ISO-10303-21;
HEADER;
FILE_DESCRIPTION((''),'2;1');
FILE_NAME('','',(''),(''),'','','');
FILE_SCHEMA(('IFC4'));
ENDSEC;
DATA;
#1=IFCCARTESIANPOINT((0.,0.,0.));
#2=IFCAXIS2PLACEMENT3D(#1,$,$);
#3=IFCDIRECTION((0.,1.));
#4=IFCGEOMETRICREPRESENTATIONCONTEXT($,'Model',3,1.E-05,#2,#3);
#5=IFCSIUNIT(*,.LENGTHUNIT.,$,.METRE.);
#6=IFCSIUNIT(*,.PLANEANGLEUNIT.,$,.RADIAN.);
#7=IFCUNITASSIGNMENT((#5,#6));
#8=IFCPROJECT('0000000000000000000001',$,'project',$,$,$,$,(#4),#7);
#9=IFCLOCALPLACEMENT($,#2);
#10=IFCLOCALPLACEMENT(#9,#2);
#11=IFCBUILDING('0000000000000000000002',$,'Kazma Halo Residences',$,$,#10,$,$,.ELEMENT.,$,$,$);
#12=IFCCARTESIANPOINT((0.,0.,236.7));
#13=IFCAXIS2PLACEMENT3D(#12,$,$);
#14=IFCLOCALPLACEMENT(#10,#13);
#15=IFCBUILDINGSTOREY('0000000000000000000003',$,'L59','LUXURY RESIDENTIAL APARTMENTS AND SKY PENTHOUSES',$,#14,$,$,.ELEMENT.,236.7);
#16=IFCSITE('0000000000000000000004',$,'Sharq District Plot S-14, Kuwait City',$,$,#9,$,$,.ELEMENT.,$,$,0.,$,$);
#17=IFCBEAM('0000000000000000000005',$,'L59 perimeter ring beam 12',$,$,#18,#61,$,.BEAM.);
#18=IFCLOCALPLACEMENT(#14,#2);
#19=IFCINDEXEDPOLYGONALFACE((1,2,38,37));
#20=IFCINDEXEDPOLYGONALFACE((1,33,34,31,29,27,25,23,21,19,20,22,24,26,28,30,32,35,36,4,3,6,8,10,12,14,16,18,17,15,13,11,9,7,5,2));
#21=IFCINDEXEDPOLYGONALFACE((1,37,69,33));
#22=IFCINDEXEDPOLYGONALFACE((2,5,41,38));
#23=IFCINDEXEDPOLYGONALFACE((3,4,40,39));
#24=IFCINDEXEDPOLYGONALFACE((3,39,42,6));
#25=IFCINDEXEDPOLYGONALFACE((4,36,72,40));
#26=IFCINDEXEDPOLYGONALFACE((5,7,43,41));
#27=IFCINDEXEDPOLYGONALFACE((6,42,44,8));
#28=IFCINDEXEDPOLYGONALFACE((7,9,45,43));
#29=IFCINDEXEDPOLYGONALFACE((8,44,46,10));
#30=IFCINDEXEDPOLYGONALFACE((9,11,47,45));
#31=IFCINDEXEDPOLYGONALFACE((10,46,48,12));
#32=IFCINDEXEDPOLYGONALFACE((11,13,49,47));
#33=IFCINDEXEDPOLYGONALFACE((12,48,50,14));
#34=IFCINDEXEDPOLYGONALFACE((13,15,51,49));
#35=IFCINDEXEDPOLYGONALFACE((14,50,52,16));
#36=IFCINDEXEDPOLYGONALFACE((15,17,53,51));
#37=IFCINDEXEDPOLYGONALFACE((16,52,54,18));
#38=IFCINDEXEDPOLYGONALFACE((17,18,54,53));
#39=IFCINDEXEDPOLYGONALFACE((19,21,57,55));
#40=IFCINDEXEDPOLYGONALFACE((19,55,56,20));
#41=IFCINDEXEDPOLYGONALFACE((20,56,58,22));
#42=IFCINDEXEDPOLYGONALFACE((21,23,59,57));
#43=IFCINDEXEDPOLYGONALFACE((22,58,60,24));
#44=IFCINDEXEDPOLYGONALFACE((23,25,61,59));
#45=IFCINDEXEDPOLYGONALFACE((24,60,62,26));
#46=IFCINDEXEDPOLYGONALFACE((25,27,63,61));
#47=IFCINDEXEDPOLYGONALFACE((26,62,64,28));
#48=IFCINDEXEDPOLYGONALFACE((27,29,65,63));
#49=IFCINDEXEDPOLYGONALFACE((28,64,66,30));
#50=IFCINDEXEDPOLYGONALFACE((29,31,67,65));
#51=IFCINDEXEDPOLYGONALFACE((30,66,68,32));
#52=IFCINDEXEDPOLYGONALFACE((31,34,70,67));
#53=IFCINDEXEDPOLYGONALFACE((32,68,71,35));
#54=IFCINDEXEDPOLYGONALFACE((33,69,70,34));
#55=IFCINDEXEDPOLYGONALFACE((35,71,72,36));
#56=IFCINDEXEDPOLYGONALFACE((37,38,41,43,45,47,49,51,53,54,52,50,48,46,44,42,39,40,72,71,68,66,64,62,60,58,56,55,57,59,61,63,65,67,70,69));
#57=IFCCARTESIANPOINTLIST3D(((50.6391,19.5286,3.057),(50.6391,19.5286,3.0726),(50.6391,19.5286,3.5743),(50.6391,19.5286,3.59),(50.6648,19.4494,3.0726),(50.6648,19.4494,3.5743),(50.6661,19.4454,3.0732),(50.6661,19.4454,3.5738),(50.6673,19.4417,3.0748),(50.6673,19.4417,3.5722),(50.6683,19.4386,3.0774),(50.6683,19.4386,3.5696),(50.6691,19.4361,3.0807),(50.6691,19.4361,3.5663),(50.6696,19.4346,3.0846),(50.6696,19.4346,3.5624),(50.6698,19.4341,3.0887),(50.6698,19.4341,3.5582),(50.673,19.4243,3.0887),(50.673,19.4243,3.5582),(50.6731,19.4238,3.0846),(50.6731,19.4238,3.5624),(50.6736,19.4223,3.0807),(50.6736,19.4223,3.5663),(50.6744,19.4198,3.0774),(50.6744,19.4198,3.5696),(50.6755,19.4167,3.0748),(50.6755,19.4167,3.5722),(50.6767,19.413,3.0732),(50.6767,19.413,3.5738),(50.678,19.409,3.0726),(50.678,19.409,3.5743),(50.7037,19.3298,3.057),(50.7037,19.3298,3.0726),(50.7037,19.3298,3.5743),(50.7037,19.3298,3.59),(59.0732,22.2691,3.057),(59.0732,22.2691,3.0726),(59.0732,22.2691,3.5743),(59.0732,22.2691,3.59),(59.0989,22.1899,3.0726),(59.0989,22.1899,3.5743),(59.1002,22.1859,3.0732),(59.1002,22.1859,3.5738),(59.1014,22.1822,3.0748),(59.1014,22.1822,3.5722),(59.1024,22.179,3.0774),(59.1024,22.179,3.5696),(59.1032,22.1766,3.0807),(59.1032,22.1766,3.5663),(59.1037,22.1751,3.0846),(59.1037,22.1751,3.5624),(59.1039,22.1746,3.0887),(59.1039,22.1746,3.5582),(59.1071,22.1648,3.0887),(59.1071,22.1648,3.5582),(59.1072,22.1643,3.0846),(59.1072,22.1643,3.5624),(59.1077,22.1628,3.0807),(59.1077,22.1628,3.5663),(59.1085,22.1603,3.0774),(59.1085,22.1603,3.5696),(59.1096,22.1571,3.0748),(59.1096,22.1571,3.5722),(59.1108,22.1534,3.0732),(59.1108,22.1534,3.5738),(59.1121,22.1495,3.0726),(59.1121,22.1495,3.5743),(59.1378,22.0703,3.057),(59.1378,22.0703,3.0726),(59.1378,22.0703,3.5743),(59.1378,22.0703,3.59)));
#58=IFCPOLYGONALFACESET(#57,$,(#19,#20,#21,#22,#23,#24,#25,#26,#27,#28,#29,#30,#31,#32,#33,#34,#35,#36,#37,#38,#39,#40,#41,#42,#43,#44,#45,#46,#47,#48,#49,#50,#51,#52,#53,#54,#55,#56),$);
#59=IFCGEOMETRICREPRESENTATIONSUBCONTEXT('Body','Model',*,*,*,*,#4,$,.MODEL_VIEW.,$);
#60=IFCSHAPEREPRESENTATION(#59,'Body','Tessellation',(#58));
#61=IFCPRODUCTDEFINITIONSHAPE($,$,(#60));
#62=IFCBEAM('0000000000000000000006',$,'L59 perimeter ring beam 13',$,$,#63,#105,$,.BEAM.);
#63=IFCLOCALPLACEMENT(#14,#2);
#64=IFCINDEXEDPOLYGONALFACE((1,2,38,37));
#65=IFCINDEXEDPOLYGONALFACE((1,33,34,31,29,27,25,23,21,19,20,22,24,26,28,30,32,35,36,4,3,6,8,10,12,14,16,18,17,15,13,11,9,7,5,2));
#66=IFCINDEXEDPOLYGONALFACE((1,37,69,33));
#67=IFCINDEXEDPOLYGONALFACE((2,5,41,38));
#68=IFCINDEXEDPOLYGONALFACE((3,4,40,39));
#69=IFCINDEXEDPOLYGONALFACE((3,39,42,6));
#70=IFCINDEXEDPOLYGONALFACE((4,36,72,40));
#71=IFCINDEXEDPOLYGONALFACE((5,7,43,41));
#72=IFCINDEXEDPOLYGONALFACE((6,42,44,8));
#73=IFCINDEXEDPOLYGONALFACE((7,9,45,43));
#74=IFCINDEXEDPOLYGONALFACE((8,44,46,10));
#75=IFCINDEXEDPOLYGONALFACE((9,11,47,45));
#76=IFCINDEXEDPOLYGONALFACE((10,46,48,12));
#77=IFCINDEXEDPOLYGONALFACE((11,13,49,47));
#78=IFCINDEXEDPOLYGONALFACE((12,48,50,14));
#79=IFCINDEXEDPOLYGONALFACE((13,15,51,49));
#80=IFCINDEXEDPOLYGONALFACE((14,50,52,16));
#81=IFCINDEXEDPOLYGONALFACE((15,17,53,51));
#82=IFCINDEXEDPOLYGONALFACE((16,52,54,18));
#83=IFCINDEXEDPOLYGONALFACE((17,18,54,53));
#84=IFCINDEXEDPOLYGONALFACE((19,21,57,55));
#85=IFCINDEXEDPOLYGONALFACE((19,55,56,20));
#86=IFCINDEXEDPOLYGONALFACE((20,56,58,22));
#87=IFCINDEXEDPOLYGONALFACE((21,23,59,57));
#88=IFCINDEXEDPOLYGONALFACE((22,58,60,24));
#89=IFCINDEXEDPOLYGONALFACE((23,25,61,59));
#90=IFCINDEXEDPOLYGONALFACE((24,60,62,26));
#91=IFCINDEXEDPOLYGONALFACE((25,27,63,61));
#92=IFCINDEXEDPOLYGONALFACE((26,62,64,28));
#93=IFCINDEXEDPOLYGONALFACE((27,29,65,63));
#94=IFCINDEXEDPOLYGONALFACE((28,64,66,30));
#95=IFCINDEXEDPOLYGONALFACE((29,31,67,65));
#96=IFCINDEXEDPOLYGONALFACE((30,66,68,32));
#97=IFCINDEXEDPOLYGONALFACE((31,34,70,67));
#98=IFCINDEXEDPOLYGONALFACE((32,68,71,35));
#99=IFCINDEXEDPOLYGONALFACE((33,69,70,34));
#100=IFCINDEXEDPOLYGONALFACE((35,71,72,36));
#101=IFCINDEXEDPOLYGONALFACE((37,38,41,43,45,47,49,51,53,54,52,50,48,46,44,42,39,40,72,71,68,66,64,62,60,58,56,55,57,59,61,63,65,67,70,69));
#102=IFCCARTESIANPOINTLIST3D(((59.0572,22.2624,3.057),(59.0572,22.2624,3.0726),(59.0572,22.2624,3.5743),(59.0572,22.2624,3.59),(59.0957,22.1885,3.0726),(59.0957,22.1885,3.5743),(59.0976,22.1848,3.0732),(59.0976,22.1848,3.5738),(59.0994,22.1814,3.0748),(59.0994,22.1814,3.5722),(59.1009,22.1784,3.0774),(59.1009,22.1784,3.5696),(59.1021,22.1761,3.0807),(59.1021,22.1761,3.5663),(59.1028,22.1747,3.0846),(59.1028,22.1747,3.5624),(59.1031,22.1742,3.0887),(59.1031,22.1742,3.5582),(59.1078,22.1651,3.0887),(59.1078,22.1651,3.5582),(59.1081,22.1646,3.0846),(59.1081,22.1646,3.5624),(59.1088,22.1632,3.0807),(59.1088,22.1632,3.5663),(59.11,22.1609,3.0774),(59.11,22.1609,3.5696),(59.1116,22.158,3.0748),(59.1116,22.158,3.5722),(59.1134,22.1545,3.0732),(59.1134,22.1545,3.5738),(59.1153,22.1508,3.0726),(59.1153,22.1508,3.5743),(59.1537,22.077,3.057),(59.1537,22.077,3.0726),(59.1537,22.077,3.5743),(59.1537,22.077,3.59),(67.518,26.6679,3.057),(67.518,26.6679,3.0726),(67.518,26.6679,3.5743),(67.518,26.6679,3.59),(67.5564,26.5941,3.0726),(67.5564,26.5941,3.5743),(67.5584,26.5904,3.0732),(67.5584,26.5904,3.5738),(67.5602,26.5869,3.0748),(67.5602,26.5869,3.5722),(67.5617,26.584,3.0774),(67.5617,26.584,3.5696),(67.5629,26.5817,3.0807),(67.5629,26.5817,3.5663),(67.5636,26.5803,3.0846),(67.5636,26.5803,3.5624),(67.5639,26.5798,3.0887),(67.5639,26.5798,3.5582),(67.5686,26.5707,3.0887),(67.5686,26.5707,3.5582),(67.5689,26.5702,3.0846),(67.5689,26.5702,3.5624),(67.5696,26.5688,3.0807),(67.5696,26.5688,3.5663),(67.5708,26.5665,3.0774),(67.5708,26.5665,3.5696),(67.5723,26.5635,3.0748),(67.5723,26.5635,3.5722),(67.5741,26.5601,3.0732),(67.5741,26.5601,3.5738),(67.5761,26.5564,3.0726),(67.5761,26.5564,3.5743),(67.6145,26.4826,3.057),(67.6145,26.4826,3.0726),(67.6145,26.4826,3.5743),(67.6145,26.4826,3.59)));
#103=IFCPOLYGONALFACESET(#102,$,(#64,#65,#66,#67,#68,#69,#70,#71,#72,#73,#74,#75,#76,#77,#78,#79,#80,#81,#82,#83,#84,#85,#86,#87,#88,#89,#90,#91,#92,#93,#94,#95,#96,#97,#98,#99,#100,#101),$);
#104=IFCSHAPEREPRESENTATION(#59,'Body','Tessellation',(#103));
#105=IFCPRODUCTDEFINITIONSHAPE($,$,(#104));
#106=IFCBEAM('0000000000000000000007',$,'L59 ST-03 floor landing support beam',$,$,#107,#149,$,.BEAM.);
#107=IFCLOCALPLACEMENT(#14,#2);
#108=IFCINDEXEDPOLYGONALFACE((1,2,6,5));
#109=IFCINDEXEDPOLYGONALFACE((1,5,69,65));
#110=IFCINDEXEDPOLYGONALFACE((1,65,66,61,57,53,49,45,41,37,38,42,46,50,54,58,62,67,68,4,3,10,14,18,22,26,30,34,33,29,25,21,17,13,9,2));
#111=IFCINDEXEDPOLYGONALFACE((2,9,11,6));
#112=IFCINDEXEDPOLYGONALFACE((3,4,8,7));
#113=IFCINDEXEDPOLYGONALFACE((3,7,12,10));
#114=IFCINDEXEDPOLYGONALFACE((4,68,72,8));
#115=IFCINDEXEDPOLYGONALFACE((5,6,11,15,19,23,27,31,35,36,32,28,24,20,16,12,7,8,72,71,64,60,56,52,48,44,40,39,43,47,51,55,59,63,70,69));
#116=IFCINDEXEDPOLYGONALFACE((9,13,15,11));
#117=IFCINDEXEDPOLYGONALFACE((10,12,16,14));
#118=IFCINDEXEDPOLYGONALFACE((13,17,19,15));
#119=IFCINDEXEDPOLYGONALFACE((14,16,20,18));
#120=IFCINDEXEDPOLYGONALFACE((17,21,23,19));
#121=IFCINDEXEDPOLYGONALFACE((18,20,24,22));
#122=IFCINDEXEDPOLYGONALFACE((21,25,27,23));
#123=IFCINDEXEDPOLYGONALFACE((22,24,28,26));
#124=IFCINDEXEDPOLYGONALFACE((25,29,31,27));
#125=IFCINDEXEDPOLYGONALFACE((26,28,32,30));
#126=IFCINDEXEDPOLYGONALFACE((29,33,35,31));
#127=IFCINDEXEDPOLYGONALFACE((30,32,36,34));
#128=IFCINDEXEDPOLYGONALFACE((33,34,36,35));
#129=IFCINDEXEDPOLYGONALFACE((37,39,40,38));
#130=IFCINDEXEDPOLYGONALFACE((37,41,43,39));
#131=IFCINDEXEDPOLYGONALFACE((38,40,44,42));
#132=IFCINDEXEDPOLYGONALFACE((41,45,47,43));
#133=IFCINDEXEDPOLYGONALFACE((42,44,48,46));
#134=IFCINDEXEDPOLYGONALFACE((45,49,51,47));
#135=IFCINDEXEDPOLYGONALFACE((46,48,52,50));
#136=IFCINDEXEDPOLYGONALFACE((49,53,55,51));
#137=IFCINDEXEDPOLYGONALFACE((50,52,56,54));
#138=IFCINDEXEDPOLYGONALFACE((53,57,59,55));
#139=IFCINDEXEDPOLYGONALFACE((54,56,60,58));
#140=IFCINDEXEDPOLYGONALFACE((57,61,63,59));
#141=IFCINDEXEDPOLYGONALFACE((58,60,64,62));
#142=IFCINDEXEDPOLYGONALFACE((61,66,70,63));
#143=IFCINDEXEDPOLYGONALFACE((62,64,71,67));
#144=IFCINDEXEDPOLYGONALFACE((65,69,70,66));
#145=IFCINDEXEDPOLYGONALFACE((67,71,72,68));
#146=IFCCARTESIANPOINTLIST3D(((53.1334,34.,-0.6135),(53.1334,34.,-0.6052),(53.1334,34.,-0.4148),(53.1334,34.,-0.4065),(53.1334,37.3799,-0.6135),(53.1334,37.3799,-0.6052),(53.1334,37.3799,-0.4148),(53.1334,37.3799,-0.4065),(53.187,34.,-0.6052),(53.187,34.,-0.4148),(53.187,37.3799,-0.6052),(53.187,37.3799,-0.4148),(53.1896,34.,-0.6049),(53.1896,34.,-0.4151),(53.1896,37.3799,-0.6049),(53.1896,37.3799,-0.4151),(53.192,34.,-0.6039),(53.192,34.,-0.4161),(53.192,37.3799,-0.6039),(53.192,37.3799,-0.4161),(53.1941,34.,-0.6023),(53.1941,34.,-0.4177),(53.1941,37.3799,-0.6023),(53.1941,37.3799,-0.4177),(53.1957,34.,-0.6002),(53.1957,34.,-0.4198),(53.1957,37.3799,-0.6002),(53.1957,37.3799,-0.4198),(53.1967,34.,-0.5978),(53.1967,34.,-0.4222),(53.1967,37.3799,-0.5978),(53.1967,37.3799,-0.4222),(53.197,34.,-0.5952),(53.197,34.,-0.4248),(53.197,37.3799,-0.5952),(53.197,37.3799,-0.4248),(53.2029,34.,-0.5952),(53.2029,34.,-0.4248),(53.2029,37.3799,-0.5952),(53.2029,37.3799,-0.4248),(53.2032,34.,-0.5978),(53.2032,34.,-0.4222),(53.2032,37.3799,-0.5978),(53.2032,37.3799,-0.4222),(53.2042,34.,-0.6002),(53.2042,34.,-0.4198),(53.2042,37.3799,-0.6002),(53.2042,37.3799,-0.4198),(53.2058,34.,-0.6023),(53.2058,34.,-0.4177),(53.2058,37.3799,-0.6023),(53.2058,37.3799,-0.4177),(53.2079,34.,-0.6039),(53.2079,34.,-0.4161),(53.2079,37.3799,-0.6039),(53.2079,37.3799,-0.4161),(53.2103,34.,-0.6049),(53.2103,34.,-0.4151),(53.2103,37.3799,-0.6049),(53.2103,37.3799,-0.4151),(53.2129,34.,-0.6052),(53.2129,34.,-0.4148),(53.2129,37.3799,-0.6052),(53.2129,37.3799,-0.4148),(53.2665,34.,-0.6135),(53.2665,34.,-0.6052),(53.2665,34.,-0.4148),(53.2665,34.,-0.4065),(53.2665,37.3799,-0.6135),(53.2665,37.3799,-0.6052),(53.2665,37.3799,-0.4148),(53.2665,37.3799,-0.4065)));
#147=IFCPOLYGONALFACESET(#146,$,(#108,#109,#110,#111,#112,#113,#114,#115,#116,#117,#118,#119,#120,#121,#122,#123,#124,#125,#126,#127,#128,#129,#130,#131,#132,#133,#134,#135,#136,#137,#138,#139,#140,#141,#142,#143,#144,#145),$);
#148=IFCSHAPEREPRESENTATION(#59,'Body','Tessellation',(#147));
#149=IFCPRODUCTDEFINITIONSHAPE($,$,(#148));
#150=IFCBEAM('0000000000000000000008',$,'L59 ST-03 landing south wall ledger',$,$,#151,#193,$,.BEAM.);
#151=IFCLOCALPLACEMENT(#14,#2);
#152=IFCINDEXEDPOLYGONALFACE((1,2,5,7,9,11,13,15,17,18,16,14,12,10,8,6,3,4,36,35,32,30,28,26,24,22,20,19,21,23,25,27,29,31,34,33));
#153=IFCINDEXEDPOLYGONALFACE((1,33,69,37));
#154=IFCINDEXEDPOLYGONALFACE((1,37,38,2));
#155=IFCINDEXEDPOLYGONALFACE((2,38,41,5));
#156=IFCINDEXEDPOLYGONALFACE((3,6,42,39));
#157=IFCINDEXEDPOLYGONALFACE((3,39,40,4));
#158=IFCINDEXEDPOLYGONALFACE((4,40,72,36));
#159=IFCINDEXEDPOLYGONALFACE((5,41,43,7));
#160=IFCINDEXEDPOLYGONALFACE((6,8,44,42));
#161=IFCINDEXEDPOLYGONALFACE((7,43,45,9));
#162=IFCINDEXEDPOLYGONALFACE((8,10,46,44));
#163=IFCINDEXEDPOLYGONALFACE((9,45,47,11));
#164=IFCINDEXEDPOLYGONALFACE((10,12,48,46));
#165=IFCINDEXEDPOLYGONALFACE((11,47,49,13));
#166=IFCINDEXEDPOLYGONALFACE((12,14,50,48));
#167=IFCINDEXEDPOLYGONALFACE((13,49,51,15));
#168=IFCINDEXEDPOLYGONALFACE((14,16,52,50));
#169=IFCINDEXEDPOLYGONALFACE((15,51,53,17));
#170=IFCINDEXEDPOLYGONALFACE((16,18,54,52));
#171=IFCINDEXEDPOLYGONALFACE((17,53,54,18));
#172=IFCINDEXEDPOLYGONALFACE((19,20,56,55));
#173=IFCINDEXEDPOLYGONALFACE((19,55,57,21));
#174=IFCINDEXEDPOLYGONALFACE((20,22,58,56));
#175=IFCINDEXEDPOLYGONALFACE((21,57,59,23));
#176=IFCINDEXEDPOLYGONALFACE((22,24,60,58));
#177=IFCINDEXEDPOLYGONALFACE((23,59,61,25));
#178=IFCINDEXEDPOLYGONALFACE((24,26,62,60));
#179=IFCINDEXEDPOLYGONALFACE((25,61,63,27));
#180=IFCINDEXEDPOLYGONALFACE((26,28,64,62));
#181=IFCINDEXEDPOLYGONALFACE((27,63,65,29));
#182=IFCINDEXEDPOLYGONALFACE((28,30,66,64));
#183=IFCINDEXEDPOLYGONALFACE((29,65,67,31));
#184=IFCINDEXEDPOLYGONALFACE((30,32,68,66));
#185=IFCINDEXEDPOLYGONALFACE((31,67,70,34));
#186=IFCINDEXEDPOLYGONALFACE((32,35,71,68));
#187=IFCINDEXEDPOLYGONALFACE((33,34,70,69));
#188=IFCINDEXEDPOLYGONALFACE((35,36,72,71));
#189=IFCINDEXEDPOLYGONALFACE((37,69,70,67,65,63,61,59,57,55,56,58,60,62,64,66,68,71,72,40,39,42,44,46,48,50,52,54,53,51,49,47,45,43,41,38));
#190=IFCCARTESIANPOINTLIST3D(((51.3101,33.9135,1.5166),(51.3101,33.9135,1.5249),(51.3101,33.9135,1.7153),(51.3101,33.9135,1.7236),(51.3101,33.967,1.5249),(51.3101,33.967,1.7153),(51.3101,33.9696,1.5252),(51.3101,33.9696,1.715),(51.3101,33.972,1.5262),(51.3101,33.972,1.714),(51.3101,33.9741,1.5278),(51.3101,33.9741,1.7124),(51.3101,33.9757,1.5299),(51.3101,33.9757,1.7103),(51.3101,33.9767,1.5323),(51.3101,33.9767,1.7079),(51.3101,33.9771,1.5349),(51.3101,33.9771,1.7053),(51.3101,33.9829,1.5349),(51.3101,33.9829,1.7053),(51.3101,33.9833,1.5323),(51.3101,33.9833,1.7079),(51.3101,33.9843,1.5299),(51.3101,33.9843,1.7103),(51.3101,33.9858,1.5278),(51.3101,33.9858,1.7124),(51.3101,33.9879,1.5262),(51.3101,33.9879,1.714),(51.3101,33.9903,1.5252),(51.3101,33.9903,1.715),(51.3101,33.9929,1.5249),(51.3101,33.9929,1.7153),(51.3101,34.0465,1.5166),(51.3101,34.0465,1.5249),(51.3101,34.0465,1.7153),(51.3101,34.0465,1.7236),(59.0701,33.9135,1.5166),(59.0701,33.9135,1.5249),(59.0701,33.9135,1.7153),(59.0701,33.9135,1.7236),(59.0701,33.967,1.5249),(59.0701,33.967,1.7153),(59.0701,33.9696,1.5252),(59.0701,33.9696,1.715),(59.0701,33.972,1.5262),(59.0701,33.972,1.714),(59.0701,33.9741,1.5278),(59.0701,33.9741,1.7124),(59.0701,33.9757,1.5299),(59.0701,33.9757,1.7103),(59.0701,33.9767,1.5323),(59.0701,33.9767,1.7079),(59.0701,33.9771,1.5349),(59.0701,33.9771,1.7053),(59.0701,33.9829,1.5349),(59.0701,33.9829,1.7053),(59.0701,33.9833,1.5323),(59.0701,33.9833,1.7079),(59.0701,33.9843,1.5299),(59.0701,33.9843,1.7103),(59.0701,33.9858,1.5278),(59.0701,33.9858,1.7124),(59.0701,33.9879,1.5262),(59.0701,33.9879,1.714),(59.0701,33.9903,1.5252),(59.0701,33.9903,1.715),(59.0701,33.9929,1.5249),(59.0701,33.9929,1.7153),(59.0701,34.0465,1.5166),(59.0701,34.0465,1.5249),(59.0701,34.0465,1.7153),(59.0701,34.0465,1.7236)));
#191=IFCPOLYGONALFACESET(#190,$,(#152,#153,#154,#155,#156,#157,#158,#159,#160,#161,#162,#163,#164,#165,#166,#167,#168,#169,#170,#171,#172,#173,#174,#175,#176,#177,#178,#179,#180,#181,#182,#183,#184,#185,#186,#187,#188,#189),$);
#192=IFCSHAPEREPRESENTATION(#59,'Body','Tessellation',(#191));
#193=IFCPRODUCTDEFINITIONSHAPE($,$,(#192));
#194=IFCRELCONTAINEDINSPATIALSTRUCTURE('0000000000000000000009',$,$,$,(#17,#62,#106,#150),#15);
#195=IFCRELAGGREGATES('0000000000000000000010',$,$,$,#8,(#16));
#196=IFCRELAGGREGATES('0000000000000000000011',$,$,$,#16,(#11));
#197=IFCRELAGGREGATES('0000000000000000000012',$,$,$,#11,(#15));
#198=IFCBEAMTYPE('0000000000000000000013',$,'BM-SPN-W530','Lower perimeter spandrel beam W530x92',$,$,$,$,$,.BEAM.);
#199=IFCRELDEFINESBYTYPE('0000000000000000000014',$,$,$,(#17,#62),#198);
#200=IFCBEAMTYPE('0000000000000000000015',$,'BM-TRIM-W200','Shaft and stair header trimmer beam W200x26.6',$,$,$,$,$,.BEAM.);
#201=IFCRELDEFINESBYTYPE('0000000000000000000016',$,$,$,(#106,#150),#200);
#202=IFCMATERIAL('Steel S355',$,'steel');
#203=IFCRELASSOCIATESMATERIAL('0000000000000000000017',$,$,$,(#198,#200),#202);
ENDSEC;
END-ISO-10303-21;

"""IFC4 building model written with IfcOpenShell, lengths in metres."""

from ifc_helpers import new_model, si_unit, direction, frame, origin, origin_2d, place, context, subcontext, project, spatial, i_section, extrude, material, material_profile, profile_set, type_object, element, save


model = new_model("IFC4")

# Units and contexts
model_context = context("Model", 3, precision=1e-05, world=origin(), true_north=direction((0.0, 1.0)))
body_context = subcontext(model_context, "Body", "Model", "MODEL_VIEW")
ifc_project = project(units=[si_unit("LENGTHUNIT", "METRE"), si_unit("PLANEANGLEUNIT", "RADIAN")], contexts=[model_context])

# Site, building, storey
site_placement = place(None, origin())
site = spatial("IfcSite", under=ifc_project, at=site_placement, Name="Sharq District Plot S-14, Kuwait City", CompositionType="ELEMENT", RefElevation=0.0)
building_placement = place(site_placement, origin())
building = spatial("IfcBuilding", under=site, at=building_placement, Name="Kazma Halo Residences", CompositionType="ELEMENT")
storey_placement = place(building_placement, frame((0.0, 0.0, 236.7)))
storey = spatial("IfcBuildingStorey", under=building, at=storey_placement, Name="L59", Description="LUXURY RESIDENTIAL APARTMENTS AND SKY PENTHOUSES", CompositionType="ELEMENT", Elevation=236.7)

# Beams
ifc_material_1 = material(Name="Steel S355", Category="steel")
ifc_material_profile_1 = material_profile(ifc_material_1, i_section(OverallWidth=0.209, OverallDepth=0.533, WebThickness=0.0103, FlangeThickness=0.0156, FilletRadius=0.0161, at=origin_2d()), Name="W530x92")
ifc_profile_set_1 = profile_set([ifc_material_profile_1], Name="Steel S355")
beam_type_1 = type_object("IfcBeamType", Name="BM-SPN-W530", Description="Lower perimeter spandrel beam W530x92", PredefinedType="BEAM", material=ifc_profile_set_1)
beam_1_placement = place(storey_placement, frame((50.6714, 19.4292, 3.3235), z_axis=(0.951054, 0.309025, 0.0), x_axis=(-0.309025, 0.951054, 0.0)))
element("IfcBeam", 1, at=beam_1_placement, inside=storey, type_object=beam_type_1, Name="L59 perimeter ring beam 12", PredefinedType="BEAM", context=body_context, shape_type="SweptSolid", body=[
    extrude(i_section(OverallWidth=0.209, OverallDepth=0.533, WebThickness=0.0103, FlangeThickness=0.0156, FilletRadius=0.0161, at=origin_2d()), origin(), (0.0, 0.0, 1.0), 8.8682),
])
beam_2_placement = place(storey_placement, frame((59.1055, 22.1697, 3.3235), z_axis=(0.886961, 0.461844, 0.0), x_axis=(-0.461844, 0.886961, 0.0)))
element("IfcBeam", 2, at=beam_2_placement, inside=storey, type_object=beam_type_1, Name="L59 perimeter ring beam 13", PredefinedType="BEAM", context=body_context, shape_type="SweptSolid", body=[
    extrude(i_section(OverallWidth=0.209, OverallDepth=0.533, WebThickness=0.0103, FlangeThickness=0.0156, FilletRadius=0.0161, at=origin_2d()), origin(), (0.0, 0.0, 1.0), 9.5391),
])
ifc_material_profile_2 = material_profile(ifc_material_1, i_section(OverallWidth=0.1331, OverallDepth=0.207, WebThickness=0.0059, FlangeThickness=0.0083, FilletRadius=0.01, at=origin_2d()), Name="W200x26.6")
ifc_profile_set_2 = profile_set([ifc_material_profile_2], Name="Steel S355")
beam_type_2 = type_object("IfcBeamType", Name="BM-TRIM-W200", Description="Shaft and stair header trimmer beam W200x26.6", PredefinedType="BEAM", material=ifc_profile_set_2)
beam_3_placement = place(storey_placement, frame((53.2, 34.0, -0.51), z_axis=(0.0, 1.0, 0.0), x_axis=(-1.0, 0.0, 0.0)))
element("IfcBeam", 3, at=beam_3_placement, inside=storey, type_object=beam_type_2, Name="L59 ST-03 floor landing support beam", PredefinedType="BEAM", context=body_context, shape_type="SweptSolid", body=[
    extrude(i_section(OverallWidth=0.1331, OverallDepth=0.207, WebThickness=0.0059, FlangeThickness=0.0083, FilletRadius=0.01, at=origin_2d()), origin(), (0.0, 0.0, 1.0), 3.3799),
])
beam_4_placement = place(storey_placement, frame((51.3101, 33.98, 1.6201), z_axis=(1.0, 0.0, 0.0), x_axis=(0.0, 1.0, 0.0)))
element("IfcBeam", 4, at=beam_4_placement, inside=storey, type_object=beam_type_2, Name="L59 ST-03 landing south wall ledger", PredefinedType="BEAM", context=body_context, shape_type="SweptSolid", body=[
    extrude(i_section(OverallWidth=0.1331, OverallDepth=0.207, WebThickness=0.0059, FlangeThickness=0.0083, FilletRadius=0.01, at=origin_2d()), origin(), (0.0, 0.0, 1.0), 7.76),
])

save(model, "model.ifc")
